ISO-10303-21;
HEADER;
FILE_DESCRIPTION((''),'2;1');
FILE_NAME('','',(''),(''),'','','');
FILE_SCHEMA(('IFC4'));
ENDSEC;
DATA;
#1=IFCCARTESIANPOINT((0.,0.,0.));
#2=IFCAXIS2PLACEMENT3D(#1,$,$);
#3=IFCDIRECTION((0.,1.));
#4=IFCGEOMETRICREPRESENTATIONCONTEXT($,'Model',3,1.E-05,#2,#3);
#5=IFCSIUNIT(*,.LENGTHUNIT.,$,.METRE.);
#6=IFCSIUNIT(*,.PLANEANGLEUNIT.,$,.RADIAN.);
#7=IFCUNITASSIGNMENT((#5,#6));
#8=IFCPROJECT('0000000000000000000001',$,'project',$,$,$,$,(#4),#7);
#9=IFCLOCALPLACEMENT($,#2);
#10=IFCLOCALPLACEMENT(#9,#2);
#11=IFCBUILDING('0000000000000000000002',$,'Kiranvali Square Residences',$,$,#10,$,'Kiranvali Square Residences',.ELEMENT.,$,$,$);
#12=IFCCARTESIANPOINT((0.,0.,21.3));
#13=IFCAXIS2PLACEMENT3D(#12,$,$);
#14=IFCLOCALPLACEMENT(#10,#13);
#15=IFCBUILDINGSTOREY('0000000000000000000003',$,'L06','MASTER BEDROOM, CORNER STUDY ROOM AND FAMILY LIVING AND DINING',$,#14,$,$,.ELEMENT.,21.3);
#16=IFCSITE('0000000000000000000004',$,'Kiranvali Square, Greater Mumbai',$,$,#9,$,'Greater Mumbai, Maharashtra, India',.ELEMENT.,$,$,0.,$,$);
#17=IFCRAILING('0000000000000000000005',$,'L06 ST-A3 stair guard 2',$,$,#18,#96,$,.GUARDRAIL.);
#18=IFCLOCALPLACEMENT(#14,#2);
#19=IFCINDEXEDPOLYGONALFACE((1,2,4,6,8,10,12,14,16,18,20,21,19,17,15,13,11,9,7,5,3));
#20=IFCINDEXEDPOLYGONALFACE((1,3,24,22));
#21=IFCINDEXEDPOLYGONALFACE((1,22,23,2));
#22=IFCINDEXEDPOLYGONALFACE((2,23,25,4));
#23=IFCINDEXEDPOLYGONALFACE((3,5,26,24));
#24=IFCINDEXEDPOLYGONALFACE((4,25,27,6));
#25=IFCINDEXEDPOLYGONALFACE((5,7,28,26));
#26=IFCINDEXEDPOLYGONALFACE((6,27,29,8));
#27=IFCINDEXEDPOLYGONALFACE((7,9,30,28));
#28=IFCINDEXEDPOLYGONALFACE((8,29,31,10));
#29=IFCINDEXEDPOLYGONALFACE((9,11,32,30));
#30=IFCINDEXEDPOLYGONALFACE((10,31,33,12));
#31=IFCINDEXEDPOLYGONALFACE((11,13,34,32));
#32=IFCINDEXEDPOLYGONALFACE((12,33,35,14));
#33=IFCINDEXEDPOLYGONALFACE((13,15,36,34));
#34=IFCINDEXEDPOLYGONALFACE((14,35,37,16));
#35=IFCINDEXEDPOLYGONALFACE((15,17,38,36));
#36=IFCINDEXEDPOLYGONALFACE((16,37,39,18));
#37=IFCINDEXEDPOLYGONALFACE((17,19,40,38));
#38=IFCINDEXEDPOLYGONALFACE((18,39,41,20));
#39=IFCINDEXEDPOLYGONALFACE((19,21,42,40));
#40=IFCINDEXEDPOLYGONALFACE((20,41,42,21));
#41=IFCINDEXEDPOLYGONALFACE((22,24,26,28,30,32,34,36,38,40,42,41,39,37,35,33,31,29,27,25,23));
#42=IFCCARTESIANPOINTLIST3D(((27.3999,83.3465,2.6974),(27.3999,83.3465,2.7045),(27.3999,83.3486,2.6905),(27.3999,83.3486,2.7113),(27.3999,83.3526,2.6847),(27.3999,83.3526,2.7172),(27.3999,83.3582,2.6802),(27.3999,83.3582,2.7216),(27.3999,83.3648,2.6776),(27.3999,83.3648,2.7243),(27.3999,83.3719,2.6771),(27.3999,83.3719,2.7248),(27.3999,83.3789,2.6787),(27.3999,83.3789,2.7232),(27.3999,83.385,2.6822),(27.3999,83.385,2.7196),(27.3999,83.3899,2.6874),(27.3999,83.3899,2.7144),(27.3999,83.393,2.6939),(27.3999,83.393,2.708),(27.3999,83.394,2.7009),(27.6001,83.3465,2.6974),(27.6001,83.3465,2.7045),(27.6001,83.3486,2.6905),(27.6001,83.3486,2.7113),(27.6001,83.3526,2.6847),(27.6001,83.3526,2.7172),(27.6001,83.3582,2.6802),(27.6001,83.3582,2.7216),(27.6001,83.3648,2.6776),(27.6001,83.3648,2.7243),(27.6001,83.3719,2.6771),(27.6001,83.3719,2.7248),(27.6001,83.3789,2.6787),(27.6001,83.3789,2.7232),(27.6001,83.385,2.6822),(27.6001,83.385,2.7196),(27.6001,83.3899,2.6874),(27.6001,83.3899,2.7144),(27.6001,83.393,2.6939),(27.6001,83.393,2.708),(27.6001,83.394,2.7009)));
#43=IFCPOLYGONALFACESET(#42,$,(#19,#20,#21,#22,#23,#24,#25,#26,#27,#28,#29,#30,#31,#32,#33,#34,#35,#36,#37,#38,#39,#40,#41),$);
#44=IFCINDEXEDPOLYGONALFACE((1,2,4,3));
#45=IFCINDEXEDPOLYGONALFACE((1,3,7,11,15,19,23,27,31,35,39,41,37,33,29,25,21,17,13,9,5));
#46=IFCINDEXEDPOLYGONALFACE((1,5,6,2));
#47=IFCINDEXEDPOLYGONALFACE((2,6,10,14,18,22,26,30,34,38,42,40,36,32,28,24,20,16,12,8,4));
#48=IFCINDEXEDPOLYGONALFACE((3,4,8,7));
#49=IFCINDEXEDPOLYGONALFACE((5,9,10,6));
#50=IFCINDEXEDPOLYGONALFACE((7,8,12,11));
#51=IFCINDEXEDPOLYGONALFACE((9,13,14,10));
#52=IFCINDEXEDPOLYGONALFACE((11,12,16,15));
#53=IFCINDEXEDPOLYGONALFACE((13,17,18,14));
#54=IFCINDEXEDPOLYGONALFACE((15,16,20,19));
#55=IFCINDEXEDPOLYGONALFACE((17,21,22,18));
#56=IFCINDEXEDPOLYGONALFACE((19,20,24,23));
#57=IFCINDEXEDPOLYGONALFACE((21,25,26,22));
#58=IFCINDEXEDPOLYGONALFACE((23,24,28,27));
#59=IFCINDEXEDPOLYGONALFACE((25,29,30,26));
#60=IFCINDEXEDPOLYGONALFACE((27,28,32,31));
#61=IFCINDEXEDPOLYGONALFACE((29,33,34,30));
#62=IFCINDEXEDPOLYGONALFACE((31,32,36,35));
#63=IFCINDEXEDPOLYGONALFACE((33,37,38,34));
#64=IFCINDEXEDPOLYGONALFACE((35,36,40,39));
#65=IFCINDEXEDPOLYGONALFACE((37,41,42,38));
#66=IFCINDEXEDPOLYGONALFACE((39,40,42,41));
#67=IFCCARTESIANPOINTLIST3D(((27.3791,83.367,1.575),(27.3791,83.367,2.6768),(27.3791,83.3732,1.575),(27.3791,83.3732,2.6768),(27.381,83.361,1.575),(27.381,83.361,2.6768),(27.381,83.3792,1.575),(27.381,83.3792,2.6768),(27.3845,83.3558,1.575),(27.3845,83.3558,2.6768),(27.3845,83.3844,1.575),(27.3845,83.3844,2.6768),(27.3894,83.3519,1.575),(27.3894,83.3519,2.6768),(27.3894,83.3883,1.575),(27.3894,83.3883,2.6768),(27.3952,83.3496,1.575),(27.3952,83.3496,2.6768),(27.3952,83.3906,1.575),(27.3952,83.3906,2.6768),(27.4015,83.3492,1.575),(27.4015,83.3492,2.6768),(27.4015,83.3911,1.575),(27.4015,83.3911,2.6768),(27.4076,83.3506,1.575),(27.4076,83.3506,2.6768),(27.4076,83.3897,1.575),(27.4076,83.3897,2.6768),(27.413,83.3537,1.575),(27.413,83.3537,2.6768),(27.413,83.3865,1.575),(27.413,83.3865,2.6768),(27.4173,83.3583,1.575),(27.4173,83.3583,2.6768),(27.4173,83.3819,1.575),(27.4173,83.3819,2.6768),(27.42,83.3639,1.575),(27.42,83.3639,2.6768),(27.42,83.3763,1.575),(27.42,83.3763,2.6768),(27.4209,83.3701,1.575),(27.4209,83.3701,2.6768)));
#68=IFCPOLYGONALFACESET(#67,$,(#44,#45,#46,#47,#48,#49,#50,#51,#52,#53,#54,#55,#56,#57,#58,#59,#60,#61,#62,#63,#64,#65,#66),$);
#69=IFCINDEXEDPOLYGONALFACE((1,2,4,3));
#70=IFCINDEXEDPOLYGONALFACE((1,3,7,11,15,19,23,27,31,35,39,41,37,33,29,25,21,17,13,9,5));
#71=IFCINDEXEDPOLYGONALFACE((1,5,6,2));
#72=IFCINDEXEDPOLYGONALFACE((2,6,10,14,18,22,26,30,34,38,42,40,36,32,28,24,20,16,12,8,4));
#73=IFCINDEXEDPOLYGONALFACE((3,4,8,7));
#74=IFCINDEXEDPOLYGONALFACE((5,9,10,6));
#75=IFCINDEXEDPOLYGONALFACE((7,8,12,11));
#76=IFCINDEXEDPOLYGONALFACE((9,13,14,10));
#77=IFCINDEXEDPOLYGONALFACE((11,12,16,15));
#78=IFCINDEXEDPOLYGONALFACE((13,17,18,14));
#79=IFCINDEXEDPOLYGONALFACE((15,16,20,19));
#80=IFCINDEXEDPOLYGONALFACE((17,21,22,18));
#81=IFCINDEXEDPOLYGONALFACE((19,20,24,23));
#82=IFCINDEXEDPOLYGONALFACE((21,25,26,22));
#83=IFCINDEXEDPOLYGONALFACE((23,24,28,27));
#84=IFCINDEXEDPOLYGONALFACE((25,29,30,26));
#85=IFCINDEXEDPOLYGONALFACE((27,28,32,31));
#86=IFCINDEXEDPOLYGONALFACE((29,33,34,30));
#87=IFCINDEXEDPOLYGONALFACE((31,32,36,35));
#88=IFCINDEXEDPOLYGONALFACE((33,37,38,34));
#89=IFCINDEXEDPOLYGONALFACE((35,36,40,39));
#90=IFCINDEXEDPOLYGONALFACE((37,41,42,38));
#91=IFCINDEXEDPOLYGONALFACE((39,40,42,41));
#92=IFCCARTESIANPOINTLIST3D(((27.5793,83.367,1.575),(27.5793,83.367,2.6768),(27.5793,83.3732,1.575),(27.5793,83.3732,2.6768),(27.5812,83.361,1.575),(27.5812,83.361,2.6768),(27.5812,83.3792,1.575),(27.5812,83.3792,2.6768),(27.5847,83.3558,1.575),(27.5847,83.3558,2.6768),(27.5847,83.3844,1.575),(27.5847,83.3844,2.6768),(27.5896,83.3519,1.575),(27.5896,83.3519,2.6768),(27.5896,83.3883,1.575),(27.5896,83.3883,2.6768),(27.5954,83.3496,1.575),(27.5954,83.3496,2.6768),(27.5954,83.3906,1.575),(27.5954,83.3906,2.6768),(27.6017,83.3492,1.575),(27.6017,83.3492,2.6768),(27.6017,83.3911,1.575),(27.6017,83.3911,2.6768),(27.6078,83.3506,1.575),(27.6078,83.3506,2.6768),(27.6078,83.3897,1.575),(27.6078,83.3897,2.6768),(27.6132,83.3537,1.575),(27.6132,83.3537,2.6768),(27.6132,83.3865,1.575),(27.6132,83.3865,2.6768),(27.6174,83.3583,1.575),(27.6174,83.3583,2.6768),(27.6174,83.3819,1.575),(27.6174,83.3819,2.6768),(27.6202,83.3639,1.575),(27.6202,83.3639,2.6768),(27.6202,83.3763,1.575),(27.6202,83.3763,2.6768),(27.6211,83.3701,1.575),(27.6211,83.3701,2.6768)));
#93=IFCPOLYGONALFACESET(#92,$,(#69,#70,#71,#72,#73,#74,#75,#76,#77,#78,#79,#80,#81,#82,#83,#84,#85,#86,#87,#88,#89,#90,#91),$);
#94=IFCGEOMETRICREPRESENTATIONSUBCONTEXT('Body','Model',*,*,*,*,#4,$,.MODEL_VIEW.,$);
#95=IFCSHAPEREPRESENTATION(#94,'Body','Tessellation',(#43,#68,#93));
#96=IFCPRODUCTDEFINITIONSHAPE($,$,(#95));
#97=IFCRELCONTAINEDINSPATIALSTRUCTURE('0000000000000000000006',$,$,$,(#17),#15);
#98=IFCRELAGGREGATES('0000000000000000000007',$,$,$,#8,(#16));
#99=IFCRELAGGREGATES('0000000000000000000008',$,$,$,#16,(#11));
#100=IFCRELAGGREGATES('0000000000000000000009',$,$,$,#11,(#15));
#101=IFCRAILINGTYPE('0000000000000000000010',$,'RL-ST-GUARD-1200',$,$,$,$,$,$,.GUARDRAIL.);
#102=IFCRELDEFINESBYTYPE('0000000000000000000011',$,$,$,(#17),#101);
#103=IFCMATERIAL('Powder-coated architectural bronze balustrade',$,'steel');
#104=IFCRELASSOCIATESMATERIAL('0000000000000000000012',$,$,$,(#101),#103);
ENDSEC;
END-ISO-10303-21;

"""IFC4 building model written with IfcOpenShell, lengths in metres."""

from ifc_helpers import new_model, si_unit, direction, frame, origin, origin_2d, place, context, subcontext, project, spatial, circle, extrude, material, type_object, element, save


model = new_model("IFC4")

# Units and contexts
model_context = context("Model", 3, precision=1e-05, world=origin(), true_north=direction((0.0, 1.0)))
body_context = subcontext(model_context, "Body", "Model", "MODEL_VIEW")
ifc_project = project(units=[si_unit("LENGTHUNIT", "METRE"), si_unit("PLANEANGLEUNIT", "RADIAN")], contexts=[model_context])

# Site, building, storey
site_placement = place(None, origin())
site = spatial("IfcSite", under=ifc_project, at=site_placement, Name="Kiranvali Square, Greater Mumbai", LongName="Greater Mumbai, Maharashtra, India", CompositionType="ELEMENT", RefElevation=0.0)
building_placement = place(site_placement, origin())
building = spatial("IfcBuilding", under=site, at=building_placement, Name="Kiranvali Square Residences", LongName="Kiranvali Square Residences", CompositionType="ELEMENT")
storey_placement = place(building_placement, frame((0.0, 0.0, 21.3)))
storey = spatial("IfcBuildingStorey", under=building, at=storey_placement, Name="L06", Description="MASTER BEDROOM, CORNER STUDY ROOM AND FAMILY LIVING AND DINING", CompositionType="ELEMENT", Elevation=21.3)

# Railing
ifc_material_1 = material(Name="Powder-coated architectural bronze balustrade", Category="steel")
railing_type_1 = type_object("IfcRailingType", Name="RL-ST-GUARD-1200", PredefinedType="GUARDRAIL", material=ifc_material_1)
railing_1_placement = place(storey_placement, frame((27.3999, 83.3701, 1.575)))
element("IfcRailing", 1, at=railing_1_placement, inside=storey, type_object=railing_type_1, Name="L06 ST-A3 stair guard 2", PredefinedType="GUARDRAIL", context=body_context, shape_type="SweptSolid", body=[
    extrude(circle(Radius=0.0239, at=origin_2d()), frame((0.0, 0.0, 1.126), z_axis=(1.0, 0.0, 0.0), x_axis=(0.0, 1.0, 0.0)), (0.0, 0.0, 1.0), 0.2002),
    extrude(circle(Radius=0.021, at=origin_2d()), origin(), (0.0, 0.0, 1.0), 1.1018),
    extrude(circle(Radius=0.021, at=origin_2d()), frame((0.2002, 0.0, 0.0)), (0.0, 0.0, 1.0), 1.1018),
])

save(model, "model.ifc")
